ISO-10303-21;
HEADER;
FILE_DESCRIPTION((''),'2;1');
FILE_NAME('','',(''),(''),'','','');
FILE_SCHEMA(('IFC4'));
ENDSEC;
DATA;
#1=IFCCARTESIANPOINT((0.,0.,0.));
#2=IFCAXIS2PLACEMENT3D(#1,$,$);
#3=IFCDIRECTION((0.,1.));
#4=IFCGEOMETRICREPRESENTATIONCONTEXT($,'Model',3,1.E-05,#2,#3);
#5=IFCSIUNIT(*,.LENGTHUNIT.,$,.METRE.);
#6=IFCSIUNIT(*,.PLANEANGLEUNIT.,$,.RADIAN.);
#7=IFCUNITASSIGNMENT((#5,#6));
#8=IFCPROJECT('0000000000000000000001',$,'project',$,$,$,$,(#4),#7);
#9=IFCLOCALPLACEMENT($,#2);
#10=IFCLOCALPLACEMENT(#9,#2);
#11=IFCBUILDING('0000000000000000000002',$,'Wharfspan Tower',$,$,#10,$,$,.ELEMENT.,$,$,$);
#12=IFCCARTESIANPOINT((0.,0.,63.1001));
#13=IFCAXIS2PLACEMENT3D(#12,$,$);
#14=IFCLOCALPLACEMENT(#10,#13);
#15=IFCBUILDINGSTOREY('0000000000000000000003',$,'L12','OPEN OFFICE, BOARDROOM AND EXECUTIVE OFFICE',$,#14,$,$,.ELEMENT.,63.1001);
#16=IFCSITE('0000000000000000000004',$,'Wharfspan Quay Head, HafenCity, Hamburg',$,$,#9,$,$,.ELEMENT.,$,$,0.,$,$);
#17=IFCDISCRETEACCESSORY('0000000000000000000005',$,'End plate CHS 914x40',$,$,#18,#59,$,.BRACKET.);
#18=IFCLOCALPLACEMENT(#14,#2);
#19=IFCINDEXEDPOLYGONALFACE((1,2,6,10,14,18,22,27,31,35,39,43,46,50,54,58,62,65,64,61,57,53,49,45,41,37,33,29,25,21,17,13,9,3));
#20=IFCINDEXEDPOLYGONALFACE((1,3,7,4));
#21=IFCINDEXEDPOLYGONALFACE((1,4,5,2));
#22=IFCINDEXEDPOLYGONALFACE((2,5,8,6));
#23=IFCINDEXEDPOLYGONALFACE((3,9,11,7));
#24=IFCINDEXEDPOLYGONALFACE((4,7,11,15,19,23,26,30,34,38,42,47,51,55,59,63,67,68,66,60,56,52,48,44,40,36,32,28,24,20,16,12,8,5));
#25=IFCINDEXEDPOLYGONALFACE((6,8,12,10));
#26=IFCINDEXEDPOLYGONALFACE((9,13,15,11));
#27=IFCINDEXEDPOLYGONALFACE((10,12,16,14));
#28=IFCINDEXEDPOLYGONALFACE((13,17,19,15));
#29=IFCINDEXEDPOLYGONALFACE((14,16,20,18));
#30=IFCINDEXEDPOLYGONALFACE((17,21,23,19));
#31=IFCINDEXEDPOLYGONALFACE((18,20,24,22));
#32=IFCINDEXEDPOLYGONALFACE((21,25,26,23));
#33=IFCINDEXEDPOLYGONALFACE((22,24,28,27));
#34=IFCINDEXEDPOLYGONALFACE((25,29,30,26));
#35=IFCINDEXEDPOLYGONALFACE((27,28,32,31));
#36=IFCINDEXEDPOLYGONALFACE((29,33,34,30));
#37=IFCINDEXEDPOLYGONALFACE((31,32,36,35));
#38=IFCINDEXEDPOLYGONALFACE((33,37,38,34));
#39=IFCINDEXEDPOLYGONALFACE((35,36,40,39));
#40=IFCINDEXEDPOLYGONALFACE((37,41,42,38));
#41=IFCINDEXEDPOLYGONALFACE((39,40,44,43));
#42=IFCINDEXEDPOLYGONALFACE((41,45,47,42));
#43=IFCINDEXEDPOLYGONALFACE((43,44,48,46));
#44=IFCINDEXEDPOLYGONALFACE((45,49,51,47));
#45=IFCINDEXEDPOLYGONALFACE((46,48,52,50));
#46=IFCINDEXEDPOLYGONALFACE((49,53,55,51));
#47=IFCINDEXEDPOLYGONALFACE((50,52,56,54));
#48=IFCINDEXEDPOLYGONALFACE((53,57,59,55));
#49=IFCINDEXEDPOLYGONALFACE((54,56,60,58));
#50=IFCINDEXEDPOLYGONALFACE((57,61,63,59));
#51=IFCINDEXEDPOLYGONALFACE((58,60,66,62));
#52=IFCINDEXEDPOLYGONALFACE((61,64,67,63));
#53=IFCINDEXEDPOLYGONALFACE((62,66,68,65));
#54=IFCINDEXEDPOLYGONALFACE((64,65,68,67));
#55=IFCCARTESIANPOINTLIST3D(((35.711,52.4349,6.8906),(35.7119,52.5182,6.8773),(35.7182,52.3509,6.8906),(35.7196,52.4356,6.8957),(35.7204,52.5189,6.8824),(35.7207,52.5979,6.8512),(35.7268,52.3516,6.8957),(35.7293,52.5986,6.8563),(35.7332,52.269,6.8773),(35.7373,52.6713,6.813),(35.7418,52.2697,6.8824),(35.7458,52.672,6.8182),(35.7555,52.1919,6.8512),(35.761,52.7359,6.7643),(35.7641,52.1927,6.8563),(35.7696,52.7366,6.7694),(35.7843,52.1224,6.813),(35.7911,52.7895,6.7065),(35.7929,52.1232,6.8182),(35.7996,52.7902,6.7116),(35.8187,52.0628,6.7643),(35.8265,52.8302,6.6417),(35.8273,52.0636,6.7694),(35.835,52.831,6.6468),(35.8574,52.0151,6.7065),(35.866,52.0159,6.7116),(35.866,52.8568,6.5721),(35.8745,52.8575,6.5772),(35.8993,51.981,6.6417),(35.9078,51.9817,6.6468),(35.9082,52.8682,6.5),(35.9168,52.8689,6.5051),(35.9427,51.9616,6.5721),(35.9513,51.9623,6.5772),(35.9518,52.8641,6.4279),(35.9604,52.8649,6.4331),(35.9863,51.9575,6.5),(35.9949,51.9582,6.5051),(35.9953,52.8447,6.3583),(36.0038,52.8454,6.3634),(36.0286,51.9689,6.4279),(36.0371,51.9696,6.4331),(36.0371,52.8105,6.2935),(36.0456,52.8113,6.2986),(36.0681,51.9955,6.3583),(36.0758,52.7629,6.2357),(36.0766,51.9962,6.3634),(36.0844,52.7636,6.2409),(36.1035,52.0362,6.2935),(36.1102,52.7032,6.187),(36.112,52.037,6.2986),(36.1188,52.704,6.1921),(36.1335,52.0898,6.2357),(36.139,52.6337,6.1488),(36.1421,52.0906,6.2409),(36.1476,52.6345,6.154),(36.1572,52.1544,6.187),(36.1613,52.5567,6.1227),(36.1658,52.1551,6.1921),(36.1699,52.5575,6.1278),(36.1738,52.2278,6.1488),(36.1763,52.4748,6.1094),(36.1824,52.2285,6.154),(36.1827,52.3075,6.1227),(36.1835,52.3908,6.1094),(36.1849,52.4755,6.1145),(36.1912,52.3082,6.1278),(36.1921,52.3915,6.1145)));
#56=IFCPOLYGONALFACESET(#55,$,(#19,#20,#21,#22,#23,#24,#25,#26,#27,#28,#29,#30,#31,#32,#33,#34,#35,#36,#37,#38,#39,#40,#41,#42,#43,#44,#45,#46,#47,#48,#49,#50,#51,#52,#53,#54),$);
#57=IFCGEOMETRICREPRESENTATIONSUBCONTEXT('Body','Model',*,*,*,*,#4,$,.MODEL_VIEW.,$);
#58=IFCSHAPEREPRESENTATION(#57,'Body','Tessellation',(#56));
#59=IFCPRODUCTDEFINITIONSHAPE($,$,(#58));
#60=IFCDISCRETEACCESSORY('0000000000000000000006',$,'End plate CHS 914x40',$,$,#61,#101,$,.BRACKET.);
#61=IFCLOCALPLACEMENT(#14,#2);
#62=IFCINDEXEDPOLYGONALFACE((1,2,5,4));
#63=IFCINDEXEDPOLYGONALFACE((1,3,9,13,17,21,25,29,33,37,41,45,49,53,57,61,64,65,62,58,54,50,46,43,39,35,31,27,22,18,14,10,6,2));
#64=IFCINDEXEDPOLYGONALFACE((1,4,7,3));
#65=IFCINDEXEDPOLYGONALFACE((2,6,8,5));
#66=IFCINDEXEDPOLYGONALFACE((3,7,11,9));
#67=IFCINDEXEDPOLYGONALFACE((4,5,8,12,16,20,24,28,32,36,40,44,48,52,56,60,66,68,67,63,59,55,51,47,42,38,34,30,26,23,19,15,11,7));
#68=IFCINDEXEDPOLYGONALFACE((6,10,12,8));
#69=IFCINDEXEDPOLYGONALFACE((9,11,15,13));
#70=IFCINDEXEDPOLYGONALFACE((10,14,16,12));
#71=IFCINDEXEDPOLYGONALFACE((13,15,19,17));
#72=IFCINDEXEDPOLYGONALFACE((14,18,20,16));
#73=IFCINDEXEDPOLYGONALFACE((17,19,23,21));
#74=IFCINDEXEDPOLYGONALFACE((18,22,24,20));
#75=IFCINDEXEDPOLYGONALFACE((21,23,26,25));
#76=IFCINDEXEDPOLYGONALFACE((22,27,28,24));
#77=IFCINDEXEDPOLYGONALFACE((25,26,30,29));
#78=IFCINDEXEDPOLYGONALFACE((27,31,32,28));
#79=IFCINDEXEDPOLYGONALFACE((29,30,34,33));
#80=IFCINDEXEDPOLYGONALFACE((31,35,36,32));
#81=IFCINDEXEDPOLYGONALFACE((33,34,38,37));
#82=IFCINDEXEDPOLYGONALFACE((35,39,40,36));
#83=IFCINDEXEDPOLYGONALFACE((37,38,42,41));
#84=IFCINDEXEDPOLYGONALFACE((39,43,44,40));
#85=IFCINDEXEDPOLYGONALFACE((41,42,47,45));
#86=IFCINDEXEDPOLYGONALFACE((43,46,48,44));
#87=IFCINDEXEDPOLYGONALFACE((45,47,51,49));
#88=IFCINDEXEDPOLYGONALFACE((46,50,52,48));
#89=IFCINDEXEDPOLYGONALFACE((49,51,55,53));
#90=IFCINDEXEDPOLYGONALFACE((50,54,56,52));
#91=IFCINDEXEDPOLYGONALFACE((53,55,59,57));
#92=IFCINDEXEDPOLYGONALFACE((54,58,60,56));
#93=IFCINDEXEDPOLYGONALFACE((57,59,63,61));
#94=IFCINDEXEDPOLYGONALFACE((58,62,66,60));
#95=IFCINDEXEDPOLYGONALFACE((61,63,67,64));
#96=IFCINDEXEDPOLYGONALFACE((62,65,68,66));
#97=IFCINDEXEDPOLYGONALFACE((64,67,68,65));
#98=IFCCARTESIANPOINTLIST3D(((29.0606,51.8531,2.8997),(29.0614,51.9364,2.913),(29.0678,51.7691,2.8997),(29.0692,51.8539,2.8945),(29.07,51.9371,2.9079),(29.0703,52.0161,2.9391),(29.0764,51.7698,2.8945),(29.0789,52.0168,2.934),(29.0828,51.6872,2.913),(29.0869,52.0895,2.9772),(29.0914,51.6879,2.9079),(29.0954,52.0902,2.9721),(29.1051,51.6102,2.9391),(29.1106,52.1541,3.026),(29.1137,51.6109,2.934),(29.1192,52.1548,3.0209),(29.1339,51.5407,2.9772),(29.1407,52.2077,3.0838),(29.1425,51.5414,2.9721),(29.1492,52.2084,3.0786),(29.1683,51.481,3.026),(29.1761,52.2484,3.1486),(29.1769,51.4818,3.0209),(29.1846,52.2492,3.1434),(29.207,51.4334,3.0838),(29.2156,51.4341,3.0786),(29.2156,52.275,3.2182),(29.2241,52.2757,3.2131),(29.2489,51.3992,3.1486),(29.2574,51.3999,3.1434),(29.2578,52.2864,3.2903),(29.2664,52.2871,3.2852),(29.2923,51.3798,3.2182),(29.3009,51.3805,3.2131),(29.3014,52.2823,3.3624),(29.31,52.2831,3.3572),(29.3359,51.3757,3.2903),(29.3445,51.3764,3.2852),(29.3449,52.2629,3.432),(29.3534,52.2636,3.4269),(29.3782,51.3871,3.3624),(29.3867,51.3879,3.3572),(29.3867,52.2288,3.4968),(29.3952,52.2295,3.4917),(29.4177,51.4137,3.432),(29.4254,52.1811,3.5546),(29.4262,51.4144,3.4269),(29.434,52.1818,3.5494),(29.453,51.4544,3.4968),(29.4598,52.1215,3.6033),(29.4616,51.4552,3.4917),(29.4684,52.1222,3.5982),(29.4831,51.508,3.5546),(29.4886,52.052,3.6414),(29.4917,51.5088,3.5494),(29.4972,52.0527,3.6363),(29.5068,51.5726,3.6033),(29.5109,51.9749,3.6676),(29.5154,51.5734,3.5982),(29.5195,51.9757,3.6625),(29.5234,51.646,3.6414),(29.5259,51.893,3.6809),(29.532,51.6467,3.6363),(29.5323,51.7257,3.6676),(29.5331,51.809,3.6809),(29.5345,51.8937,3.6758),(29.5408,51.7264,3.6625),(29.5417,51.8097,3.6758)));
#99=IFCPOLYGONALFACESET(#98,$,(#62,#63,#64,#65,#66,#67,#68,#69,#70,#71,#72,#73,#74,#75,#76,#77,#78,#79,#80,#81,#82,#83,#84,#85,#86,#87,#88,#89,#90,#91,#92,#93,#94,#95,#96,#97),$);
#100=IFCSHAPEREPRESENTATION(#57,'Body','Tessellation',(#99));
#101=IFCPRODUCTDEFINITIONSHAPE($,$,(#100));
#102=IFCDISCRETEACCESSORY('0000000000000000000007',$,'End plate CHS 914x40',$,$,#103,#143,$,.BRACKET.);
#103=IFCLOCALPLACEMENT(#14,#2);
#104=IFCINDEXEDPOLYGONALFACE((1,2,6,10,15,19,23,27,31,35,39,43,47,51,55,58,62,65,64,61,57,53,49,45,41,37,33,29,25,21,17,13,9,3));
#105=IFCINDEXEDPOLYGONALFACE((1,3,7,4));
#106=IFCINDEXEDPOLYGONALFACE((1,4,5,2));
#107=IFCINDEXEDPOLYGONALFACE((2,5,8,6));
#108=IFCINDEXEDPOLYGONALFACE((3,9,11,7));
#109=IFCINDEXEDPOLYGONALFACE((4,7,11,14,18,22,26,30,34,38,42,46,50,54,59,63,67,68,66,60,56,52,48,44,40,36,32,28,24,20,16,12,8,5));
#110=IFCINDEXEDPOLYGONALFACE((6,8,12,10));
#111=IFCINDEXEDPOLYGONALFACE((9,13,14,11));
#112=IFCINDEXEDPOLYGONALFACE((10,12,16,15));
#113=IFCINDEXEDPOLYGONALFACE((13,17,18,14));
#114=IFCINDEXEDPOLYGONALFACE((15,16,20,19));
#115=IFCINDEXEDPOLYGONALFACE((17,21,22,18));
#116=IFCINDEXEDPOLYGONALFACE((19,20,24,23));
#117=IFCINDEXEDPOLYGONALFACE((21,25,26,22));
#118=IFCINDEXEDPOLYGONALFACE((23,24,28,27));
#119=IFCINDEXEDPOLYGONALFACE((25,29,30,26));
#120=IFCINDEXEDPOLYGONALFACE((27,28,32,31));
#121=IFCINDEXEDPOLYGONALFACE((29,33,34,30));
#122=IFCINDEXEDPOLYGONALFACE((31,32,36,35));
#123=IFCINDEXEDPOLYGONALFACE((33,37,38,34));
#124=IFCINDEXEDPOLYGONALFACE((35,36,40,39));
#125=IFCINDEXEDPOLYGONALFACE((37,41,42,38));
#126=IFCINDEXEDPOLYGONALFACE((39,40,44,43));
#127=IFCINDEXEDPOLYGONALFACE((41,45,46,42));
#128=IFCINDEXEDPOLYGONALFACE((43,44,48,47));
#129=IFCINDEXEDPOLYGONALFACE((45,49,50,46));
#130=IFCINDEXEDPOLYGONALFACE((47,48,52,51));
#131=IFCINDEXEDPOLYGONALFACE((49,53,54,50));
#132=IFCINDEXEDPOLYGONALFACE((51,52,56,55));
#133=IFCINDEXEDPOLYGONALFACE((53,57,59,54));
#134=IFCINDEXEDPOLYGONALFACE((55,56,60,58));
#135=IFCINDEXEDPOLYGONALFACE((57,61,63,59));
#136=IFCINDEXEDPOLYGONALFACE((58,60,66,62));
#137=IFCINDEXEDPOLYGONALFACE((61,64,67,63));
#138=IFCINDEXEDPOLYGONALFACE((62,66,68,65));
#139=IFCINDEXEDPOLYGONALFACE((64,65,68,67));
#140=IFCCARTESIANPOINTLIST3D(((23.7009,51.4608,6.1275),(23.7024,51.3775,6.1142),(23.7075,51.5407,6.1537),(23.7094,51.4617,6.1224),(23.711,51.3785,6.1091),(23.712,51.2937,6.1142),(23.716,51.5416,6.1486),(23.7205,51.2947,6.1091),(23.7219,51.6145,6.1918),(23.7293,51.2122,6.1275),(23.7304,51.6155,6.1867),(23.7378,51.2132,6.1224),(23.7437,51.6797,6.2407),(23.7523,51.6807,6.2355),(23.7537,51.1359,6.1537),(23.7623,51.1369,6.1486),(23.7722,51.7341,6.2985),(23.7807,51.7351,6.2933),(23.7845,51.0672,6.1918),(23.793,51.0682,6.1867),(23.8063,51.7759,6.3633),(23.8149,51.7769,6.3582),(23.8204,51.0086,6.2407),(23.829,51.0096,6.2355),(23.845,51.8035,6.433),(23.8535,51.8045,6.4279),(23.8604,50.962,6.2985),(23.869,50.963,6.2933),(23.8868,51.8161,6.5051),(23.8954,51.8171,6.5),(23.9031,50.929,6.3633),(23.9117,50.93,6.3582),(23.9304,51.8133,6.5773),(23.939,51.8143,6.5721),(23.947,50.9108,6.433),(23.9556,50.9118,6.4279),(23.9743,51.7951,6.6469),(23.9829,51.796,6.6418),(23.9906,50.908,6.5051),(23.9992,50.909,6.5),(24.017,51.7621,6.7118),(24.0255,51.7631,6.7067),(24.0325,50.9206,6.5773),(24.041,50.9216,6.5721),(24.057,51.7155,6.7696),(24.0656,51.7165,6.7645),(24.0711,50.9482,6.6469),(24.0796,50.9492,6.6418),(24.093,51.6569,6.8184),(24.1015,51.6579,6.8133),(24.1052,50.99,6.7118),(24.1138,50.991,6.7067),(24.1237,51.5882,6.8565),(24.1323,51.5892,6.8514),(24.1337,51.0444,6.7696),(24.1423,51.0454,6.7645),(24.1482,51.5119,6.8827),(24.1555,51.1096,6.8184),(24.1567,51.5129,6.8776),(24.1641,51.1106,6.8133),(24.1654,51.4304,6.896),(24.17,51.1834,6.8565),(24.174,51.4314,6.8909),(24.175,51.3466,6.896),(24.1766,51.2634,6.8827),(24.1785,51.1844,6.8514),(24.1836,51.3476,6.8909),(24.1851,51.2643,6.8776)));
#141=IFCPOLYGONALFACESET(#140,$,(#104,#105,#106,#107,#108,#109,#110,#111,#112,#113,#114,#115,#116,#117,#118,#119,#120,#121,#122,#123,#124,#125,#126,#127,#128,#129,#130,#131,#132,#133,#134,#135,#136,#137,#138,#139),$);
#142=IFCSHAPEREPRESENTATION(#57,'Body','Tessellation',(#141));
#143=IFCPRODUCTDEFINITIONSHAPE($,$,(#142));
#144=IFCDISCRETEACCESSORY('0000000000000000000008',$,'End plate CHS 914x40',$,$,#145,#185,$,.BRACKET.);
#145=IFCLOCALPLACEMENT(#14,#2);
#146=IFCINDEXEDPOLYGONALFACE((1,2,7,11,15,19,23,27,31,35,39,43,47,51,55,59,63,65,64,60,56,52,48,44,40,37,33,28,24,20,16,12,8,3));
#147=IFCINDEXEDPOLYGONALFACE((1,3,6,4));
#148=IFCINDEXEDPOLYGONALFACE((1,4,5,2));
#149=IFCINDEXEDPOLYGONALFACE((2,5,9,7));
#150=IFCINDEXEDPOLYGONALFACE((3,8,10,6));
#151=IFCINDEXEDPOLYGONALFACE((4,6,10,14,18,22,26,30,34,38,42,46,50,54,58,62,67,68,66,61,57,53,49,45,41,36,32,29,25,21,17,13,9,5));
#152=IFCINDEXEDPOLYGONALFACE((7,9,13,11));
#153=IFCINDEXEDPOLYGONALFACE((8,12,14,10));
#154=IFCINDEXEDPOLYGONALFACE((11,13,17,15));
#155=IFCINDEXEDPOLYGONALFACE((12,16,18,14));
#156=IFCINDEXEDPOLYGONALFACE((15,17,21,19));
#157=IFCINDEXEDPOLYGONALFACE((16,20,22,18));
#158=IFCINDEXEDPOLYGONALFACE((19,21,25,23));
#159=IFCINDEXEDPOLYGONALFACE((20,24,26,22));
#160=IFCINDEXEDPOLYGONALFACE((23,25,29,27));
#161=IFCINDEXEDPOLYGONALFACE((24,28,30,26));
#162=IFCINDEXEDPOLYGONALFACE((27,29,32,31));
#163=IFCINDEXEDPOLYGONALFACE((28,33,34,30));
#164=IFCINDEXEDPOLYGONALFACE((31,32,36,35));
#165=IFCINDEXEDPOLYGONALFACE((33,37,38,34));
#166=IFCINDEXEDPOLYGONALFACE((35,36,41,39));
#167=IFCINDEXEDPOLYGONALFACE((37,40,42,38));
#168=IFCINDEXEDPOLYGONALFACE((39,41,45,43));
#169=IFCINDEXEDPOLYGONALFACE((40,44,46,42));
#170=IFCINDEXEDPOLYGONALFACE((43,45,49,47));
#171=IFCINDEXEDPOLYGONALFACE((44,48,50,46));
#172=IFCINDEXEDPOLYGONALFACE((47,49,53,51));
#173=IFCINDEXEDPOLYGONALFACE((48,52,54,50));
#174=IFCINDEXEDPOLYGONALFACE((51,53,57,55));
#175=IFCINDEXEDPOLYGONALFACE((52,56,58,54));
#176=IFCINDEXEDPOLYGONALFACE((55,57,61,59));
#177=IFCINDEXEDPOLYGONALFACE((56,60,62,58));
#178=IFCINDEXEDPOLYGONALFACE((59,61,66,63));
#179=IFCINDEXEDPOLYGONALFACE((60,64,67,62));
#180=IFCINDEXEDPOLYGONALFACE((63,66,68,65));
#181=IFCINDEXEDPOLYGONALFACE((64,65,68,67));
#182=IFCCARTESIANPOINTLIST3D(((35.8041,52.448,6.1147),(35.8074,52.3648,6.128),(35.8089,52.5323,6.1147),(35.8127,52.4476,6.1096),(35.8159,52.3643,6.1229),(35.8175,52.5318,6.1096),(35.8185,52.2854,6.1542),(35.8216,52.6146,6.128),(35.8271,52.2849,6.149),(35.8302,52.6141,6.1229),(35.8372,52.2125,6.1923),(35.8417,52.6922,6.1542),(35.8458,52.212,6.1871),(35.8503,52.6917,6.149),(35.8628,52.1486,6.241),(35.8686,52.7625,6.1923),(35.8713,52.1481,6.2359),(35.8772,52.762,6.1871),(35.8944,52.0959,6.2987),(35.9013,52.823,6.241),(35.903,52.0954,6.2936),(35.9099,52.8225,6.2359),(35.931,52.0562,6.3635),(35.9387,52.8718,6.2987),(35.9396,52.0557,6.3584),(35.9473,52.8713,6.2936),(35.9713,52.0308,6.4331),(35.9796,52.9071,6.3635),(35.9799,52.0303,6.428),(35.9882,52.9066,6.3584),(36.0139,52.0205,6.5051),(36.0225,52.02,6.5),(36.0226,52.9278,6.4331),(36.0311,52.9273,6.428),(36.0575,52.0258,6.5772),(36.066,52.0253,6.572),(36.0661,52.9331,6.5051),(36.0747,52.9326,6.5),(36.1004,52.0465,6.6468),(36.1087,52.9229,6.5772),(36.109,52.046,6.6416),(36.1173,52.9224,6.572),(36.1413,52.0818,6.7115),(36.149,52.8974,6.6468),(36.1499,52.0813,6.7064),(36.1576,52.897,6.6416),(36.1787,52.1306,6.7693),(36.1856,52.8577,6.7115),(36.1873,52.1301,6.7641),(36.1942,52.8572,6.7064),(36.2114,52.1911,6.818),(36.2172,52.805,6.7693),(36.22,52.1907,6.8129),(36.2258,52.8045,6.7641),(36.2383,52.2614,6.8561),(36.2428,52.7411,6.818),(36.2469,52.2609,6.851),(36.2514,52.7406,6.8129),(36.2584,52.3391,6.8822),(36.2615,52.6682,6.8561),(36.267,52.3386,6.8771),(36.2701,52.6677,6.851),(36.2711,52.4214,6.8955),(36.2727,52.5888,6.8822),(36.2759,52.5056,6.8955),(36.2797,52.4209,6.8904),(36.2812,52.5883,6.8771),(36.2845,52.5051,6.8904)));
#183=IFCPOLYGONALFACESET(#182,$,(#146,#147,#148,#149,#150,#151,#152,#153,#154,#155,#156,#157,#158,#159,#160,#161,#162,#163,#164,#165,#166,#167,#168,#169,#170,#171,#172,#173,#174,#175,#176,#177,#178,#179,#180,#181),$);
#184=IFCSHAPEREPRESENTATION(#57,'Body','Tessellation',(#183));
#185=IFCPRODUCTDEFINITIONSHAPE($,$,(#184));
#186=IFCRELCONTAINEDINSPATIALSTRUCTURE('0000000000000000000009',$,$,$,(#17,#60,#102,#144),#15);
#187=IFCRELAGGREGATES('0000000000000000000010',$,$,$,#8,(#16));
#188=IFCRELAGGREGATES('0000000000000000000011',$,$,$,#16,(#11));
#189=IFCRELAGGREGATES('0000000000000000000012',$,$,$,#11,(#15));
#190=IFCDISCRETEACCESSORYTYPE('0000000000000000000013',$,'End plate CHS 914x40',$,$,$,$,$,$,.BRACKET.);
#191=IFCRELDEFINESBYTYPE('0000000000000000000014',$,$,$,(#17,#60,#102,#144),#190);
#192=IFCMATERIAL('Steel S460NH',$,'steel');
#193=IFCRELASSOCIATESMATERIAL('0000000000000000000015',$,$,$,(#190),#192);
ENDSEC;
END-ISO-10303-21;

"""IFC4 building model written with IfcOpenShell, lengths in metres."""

from ifc_helpers import new_model, si_unit, direction, frame, origin, origin_2d, place, context, subcontext, project, spatial, circle, extrude, material, material_profile, profile_set, type_object, element, save


model = new_model("IFC4")

# Units and contexts
model_context = context("Model", 3, precision=1e-05, world=origin(), true_north=direction((0.0, 1.0)))
body_context = subcontext(model_context, "Body", "Model", "MODEL_VIEW")
ifc_project = project(units=[si_unit("LENGTHUNIT", "METRE"), si_unit("PLANEANGLEUNIT", "RADIAN")], contexts=[model_context])

# Site, building, storey
site_placement = place(None, origin())
site = spatial("IfcSite", under=ifc_project, at=site_placement, Name="Wharfspan Quay Head, HafenCity, Hamburg", CompositionType="ELEMENT", RefElevation=0.0)
building_placement = place(site_placement, origin())
building = spatial("IfcBuilding", under=site, at=building_placement, Name="Wharfspan Tower", CompositionType="ELEMENT")
storey_placement = place(building_placement, frame((0.0, 0.0, 63.1001)))
storey = spatial("IfcBuildingStorey", under=building, at=storey_placement, Name="L12", Description="OPEN OFFICE, BOARDROOM AND EXECUTIVE OFFICE", CompositionType="ELEMENT", Elevation=63.1001)

# Shared definitions
ifc_material_1 = material(Name="Steel S460NH", Category="steel")

# Discrete accessories
ifc_material_profile_1 = material_profile(ifc_material_1, circle(Radius=0.457, at=origin_2d()))
ifc_profile_set_1 = profile_set([ifc_material_profile_1], Name="Steel S460NH")
discrete_accessory_type = type_object("IfcDiscreteAccessoryType", Name="End plate CHS 914x40", PredefinedType="BRACKET", material=ifc_profile_set_1)
for number, where, z_axis, x_axis, name in (
    (1, (35.9473, 52.4128, 6.5), (0.855186, 0.073302, 0.513112), (-0.085402, 0.996345, 0.000001), "End plate CHS 914x40"),
    (2, (29.3054, 51.8318, 3.2852), (-0.855186, -0.073302, 0.513112), (0.085402, -0.996345, 0.000001), "End plate CHS 914x40"),
    (3, (23.9473, 51.363, 6.5), (-0.853405, -0.097532, 0.512043), (0.113547, -0.993531, 0.000001), "End plate CHS 914x40"),
    (4, (36.0486, 52.4763, 6.5), (-0.856465, 0.048941, 0.513879), (-0.05705, -0.998372, 0.0), "End plate CHS 914x40"),
):
    element("IfcDiscreteAccessory", number, at=place(storey_placement, frame(where, z_axis=z_axis, x_axis=x_axis)), inside=storey, type_object=discrete_accessory_type, Name=name, PredefinedType="BRACKET", context=body_context, shape_type="SweptSolid", body=[
        extrude(circle(Radius=0.457, at=origin_2d()), origin(), (0.0, 0.0, 1.0), 0.01),
    ])

save(model, "model.ifc")
